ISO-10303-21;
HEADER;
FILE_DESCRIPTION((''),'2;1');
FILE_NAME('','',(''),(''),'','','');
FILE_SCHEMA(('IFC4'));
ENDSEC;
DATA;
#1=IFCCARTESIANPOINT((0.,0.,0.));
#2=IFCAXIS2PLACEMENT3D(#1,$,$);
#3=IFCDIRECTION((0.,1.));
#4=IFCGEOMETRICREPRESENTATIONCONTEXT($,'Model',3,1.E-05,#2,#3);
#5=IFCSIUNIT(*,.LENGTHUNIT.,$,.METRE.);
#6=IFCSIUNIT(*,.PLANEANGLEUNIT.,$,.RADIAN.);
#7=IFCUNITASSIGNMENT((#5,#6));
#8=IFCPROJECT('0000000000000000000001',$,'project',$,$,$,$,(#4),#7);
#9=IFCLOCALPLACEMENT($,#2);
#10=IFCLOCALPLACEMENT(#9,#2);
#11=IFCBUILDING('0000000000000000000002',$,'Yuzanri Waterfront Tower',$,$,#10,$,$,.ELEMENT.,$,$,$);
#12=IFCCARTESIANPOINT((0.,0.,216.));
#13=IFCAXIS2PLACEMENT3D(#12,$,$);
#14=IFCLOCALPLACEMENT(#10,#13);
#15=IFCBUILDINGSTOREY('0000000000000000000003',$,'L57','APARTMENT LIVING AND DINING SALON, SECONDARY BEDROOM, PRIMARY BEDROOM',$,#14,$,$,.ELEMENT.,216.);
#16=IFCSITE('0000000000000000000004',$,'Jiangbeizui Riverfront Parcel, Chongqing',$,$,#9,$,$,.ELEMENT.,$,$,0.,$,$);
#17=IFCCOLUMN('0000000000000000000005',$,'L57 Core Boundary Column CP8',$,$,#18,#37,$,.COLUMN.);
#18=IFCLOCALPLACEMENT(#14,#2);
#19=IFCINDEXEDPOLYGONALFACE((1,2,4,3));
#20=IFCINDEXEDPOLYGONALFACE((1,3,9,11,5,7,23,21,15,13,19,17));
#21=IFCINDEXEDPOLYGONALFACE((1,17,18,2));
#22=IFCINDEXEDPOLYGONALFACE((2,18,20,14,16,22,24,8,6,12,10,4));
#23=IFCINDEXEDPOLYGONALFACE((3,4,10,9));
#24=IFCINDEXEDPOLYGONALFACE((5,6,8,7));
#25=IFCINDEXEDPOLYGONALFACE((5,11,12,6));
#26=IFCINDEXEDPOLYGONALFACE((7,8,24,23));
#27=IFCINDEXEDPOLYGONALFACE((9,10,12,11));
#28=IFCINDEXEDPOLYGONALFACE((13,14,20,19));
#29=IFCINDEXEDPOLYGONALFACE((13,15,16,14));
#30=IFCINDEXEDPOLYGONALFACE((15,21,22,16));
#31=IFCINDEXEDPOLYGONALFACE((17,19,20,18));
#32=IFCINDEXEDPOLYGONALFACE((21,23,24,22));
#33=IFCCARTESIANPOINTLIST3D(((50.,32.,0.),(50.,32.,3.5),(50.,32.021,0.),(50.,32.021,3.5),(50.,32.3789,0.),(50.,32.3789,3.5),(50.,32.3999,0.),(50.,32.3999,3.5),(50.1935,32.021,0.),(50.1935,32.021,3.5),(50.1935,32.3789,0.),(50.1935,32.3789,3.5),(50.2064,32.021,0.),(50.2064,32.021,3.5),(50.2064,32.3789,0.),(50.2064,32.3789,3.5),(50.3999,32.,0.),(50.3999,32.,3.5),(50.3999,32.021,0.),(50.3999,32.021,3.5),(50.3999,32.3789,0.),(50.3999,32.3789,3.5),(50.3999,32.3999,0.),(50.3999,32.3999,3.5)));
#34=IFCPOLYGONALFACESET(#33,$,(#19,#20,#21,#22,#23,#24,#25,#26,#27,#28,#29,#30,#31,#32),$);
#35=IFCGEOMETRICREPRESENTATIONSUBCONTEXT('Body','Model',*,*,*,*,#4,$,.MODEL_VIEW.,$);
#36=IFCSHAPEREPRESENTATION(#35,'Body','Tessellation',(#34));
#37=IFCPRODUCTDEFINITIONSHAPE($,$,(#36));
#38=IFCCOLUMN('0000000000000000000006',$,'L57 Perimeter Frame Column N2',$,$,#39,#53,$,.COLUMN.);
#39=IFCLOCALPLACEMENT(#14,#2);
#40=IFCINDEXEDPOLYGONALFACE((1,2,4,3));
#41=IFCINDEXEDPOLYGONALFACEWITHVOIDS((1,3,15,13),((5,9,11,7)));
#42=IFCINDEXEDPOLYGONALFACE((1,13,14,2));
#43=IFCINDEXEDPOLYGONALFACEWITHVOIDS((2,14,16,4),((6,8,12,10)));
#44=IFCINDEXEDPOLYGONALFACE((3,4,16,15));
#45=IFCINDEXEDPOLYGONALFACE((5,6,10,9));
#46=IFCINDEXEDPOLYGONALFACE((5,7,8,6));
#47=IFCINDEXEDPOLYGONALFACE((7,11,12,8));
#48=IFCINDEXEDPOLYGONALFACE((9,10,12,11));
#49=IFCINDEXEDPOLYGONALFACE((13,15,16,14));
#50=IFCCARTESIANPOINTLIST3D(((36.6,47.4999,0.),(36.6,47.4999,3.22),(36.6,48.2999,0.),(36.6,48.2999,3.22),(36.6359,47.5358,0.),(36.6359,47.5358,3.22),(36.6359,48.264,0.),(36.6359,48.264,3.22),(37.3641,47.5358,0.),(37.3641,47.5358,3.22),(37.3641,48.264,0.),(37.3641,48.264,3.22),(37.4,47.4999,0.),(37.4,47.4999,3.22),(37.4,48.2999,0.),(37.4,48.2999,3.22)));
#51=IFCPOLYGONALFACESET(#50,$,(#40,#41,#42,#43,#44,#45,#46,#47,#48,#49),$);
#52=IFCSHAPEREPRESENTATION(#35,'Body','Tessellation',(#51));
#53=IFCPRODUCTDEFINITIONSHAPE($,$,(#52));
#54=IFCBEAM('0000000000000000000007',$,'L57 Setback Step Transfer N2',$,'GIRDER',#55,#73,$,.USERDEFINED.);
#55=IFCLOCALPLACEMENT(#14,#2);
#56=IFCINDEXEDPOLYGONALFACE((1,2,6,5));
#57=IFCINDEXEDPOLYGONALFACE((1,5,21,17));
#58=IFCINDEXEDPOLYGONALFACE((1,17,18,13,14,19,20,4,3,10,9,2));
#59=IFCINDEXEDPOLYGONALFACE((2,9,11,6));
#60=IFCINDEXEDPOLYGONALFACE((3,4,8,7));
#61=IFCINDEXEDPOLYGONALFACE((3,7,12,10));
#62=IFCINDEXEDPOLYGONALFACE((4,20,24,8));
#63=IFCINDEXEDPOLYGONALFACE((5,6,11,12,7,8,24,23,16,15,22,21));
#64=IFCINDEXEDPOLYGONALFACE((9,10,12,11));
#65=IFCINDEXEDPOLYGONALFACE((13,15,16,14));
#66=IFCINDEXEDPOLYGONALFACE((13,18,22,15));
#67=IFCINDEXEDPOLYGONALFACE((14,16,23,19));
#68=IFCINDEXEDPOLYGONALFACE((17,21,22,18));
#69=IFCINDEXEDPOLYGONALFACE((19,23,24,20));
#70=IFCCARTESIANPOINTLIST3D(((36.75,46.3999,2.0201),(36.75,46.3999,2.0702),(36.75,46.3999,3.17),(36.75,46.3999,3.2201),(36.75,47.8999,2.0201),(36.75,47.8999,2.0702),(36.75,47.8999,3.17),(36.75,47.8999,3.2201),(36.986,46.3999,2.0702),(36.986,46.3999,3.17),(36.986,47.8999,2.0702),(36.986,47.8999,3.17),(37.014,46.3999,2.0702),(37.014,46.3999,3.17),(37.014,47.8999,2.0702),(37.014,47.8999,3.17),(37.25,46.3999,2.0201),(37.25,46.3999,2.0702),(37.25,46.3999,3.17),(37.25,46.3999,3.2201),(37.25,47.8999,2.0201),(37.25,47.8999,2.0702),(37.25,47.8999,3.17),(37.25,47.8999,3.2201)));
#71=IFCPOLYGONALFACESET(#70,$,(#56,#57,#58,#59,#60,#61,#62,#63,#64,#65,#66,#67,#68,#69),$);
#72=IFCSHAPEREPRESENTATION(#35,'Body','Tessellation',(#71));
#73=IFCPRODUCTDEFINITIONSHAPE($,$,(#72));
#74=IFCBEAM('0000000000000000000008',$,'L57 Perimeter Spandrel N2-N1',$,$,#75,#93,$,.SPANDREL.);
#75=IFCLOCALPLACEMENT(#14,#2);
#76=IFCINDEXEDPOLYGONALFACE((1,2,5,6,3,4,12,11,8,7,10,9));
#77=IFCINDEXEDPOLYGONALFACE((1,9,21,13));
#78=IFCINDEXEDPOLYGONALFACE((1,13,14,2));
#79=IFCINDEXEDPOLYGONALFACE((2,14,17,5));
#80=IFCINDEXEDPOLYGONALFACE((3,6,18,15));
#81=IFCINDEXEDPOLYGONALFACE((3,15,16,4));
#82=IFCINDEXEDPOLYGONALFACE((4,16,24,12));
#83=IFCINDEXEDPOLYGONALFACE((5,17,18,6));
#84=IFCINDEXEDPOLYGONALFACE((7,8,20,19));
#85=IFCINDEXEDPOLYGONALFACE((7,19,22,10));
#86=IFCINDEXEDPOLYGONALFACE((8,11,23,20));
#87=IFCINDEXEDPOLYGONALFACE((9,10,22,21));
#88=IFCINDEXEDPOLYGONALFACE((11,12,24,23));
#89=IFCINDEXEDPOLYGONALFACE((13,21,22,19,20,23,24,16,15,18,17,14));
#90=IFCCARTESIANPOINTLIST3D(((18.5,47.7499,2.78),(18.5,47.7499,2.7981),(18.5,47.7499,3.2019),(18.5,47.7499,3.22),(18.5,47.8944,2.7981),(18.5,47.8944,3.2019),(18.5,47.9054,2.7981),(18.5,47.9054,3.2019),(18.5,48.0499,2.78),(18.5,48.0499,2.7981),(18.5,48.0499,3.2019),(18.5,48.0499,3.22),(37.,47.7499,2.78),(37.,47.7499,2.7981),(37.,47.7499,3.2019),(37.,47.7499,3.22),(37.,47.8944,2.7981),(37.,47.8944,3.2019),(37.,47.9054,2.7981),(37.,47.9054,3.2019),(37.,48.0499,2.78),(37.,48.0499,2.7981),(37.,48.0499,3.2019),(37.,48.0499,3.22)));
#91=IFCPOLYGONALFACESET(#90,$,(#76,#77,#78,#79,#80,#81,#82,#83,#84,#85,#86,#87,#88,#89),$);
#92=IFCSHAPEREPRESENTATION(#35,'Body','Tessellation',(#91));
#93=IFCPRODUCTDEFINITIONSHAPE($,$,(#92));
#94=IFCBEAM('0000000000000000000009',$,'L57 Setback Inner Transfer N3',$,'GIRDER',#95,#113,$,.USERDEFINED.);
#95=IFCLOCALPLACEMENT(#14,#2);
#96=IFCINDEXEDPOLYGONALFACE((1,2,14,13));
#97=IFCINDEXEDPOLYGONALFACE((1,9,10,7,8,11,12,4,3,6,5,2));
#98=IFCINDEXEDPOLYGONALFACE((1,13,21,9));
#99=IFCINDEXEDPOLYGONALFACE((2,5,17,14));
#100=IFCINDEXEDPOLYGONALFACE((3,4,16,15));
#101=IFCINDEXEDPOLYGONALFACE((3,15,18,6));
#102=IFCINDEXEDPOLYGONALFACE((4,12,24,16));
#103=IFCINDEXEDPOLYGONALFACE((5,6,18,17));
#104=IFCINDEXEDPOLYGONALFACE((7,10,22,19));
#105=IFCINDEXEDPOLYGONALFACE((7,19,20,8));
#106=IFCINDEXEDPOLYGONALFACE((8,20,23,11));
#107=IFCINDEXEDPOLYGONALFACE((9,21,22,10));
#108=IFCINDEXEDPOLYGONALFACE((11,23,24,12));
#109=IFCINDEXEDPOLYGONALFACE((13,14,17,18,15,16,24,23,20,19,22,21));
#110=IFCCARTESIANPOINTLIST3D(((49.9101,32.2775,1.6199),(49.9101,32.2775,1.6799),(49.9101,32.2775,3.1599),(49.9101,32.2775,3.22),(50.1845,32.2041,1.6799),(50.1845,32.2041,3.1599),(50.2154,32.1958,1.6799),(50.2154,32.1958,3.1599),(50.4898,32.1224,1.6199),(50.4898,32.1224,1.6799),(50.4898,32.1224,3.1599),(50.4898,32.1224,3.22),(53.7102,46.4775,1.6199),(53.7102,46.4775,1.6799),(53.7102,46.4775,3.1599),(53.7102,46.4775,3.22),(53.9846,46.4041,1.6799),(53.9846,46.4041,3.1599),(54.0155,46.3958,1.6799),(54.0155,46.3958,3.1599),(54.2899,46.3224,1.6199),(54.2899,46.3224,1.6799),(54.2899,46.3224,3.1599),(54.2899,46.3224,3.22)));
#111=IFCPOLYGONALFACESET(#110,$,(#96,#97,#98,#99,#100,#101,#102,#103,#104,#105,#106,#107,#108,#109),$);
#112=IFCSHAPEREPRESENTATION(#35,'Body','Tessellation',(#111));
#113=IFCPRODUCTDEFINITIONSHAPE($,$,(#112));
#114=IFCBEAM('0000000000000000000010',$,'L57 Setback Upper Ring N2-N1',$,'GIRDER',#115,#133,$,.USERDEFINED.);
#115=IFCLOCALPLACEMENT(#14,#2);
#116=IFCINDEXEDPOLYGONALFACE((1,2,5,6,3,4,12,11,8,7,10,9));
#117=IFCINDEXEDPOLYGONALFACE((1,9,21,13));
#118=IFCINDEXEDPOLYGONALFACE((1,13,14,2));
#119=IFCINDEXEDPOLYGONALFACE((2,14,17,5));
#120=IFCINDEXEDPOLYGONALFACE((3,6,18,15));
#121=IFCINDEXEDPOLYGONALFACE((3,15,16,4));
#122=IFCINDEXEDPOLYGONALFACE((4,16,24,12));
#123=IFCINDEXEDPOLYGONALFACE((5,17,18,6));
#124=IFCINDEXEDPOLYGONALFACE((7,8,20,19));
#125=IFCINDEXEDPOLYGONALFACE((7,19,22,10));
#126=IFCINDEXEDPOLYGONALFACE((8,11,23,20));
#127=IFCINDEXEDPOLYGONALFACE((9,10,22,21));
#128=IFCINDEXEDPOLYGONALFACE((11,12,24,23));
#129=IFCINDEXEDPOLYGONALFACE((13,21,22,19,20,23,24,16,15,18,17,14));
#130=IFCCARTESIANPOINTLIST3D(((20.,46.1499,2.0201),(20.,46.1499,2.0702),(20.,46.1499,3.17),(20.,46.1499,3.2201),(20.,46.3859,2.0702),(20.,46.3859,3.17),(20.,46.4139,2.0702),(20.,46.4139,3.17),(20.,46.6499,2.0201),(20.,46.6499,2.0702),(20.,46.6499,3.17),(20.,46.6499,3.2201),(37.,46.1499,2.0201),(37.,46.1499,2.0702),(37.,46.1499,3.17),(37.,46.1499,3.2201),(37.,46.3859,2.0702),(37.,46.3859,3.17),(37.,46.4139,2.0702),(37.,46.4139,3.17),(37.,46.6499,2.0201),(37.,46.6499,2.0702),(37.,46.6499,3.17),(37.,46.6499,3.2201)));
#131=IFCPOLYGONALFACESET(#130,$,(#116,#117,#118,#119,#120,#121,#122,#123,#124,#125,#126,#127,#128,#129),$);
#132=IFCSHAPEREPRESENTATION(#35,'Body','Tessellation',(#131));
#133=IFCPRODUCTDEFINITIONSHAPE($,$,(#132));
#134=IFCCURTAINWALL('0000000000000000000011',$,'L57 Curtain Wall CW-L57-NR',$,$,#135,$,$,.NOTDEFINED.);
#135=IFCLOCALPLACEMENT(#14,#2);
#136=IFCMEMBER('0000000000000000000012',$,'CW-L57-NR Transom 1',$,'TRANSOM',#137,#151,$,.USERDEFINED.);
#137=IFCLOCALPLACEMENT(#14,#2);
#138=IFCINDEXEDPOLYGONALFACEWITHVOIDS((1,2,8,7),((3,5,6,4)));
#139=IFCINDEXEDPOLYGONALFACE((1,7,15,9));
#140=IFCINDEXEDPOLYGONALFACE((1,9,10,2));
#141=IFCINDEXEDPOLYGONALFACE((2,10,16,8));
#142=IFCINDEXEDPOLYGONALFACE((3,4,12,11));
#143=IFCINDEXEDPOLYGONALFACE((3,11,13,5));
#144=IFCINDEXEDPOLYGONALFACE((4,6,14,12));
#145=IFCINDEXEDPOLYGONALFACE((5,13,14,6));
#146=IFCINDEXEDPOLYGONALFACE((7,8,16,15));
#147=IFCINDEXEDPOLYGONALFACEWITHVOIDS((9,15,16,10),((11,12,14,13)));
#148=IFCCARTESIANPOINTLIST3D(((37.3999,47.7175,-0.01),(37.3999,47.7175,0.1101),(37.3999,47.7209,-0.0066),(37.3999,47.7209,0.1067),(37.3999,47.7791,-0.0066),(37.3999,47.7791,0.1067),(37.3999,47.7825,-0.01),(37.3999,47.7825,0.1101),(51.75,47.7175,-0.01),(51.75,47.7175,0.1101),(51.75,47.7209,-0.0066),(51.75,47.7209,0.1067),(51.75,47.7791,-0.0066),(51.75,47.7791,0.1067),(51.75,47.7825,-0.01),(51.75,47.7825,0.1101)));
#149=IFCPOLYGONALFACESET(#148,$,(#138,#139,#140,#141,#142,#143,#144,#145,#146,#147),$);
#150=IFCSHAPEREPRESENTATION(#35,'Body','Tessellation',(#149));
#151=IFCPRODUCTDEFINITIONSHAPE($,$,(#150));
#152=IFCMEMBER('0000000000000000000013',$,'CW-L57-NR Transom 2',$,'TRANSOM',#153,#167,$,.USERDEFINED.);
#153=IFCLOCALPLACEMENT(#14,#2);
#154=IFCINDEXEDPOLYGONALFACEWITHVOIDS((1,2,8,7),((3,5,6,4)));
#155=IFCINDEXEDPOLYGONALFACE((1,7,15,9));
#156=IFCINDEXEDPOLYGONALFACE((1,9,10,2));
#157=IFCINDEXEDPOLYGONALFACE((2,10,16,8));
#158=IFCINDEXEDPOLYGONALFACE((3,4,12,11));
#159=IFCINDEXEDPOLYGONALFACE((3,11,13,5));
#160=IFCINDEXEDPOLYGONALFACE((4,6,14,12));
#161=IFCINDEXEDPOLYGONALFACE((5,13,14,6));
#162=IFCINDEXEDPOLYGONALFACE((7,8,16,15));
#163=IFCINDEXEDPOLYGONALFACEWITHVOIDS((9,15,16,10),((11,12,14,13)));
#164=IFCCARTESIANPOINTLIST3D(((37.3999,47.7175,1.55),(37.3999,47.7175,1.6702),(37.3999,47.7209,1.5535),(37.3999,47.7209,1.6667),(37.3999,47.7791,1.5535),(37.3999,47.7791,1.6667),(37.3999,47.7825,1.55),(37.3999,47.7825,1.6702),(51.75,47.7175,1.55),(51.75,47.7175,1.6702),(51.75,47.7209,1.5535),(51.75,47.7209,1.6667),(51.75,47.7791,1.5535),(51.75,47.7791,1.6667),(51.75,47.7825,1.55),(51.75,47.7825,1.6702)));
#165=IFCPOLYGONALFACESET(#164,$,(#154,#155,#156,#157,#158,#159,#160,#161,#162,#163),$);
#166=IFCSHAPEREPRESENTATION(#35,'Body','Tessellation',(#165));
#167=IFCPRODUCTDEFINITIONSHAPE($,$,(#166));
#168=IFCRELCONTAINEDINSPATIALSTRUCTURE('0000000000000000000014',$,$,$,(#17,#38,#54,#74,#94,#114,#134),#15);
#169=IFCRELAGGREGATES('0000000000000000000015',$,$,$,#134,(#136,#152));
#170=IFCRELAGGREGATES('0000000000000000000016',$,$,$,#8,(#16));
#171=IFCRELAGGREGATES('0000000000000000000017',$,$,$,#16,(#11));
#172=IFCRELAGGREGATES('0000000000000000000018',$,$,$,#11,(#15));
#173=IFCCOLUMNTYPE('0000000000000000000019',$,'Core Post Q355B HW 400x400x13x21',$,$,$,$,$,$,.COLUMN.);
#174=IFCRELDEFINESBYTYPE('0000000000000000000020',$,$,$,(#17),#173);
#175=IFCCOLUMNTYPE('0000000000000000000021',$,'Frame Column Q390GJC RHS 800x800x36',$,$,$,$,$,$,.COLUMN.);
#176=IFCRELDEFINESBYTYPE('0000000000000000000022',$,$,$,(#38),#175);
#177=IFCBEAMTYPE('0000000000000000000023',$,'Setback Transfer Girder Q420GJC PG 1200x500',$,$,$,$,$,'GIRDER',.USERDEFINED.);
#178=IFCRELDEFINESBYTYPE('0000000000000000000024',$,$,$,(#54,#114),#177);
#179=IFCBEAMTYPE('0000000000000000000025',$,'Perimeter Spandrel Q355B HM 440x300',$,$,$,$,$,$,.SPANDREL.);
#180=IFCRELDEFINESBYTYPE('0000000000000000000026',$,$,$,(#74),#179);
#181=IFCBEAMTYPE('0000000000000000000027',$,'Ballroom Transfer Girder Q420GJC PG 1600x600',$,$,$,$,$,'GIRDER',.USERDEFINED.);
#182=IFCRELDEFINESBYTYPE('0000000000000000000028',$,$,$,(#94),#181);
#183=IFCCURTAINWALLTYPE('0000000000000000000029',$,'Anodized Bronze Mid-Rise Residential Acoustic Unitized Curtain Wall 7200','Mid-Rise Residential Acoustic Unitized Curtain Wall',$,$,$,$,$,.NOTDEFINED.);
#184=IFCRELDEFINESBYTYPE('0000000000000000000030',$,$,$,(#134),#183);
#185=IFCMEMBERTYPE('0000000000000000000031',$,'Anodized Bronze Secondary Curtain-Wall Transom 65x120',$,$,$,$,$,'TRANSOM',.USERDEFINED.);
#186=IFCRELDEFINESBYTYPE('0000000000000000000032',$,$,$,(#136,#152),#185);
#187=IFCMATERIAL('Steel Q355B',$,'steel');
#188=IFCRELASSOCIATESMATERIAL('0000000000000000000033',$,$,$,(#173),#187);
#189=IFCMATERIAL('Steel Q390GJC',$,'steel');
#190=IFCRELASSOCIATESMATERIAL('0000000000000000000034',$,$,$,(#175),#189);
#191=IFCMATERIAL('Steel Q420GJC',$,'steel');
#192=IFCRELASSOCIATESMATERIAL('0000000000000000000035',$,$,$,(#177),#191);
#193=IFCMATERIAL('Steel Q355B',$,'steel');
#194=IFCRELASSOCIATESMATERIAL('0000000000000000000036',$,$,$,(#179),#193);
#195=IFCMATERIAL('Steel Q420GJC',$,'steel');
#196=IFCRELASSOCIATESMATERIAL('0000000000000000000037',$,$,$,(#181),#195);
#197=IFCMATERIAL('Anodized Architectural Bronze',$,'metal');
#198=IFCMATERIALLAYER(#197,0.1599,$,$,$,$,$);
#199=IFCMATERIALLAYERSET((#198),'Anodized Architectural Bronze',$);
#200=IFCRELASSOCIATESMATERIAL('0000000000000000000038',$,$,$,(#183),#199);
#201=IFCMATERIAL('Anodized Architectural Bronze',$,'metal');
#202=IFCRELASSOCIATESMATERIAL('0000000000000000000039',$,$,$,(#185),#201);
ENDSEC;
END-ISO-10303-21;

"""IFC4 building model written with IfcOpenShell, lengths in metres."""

from ifc_helpers import new_model, si_unit, direction, frame, origin, origin_2d, place, context, subcontext, project, spatial, hollow_rectangle, i_section, extrude, source, transform, mapped, material, layer, layer_set, material_profile, profile_set, type_object, element, aggregate, save


model = new_model("IFC4")

# Units and contexts
model_context = context("Model", 3, precision=1e-05, world=origin(), true_north=direction((0.0, 1.0)))
body_context = subcontext(model_context, "Body", "Model", "MODEL_VIEW")
ifc_project = project(units=[si_unit("LENGTHUNIT", "METRE"), si_unit("PLANEANGLEUNIT", "RADIAN")], contexts=[model_context])

# Site, building, storey
site_placement = place(None, origin())
site = spatial("IfcSite", under=ifc_project, at=site_placement, Name="Jiangbeizui Riverfront Parcel, Chongqing", CompositionType="ELEMENT", RefElevation=0.0)
building_placement = place(site_placement, origin())
building = spatial("IfcBuilding", under=site, at=building_placement, Name="Yuzanri Waterfront Tower", CompositionType="ELEMENT")
storey_placement = place(building_placement, frame((0.0, 0.0, 216.0)))
storey = spatial("IfcBuildingStorey", under=building, at=storey_placement, Name="L57", Description="APARTMENT LIVING AND DINING SALON, SECONDARY BEDROOM, PRIMARY BEDROOM", CompositionType="ELEMENT", Elevation=216.0)

# Columns
ifc_material_1 = material(Name="Steel Q355B", Category="steel")
ifc_material_profile_1 = material_profile(ifc_material_1, i_section(OverallWidth=0.3999, OverallDepth=0.3999, WebThickness=0.0129, FlangeThickness=0.021, at=origin_2d()), Name="HW 400x400x13x21")
ifc_profile_set_1 = profile_set([ifc_material_profile_1], Name="Steel Q355B")
column_type_1 = type_object("IfcColumnType", Name="Core Post Q355B HW 400x400x13x21", PredefinedType="COLUMN", material=ifc_profile_set_1)
shared_shape_1 = source(origin(), body_context, "Body", "SweptSolid", [
    extrude(i_section(OverallWidth=0.3999, OverallDepth=0.3999, WebThickness=0.0129, FlangeThickness=0.021, at=origin_2d()), origin(), (0.0, 0.0, 1.0), 3.5),
])
column_1_placement = place(storey_placement, frame((50.2, 32.2, 0.0), z_axis=(0.0, 0.0, 1.0), x_axis=(1.0, 0.0, 0.0)))
element("IfcColumn", 1, at=column_1_placement, inside=storey, type_object=column_type_1, Name="L57 Core Boundary Column CP8", PredefinedType="COLUMN", context=body_context, shape_type="MappedRepresentation", body=[
    mapped(shared_shape_1, transform((0.0, 0.0, 0.0), scale=1.0)),
])
ifc_material_2 = material(Name="Steel Q390GJC", Category="steel")
ifc_material_profile_2 = material_profile(ifc_material_2, hollow_rectangle(XDim=0.8, YDim=0.8, WallThickness=0.0359, at=origin_2d()), Name="RHS 800x800x36")
ifc_profile_set_2 = profile_set([ifc_material_profile_2], Name="Steel Q390GJC")
column_type_2 = type_object("IfcColumnType", Name="Frame Column Q390GJC RHS 800x800x36", PredefinedType="COLUMN", material=ifc_profile_set_2)
shared_shape_2 = source(origin(), body_context, "Body", "SweptSolid", [
    extrude(hollow_rectangle(XDim=0.8, YDim=0.8, WallThickness=0.0359, at=origin_2d()), origin(), (0.0, 0.0, 1.0), 3.22),
])
column_2_placement = place(storey_placement, frame((37.0, 47.8999, 0.0), z_axis=(0.0, 0.0, 1.0), x_axis=(1.0, 0.0, 0.0)))
element("IfcColumn", 2, at=column_2_placement, inside=storey, type_object=column_type_2, Name="L57 Perimeter Frame Column N2", PredefinedType="COLUMN", context=body_context, shape_type="MappedRepresentation", body=[
    mapped(shared_shape_2, transform((0.0, 0.0, 0.0), scale=1.0)),
])

# Beams
ifc_material_3 = material(Name="Steel Q420GJC", Category="steel")
ifc_material_profile_3 = material_profile(ifc_material_3, i_section(OverallWidth=0.5, OverallDepth=1.2, WebThickness=0.0281, FlangeThickness=0.05, at=origin_2d()), Name="PG 1200x500x28x50")
ifc_profile_set_3 = profile_set([ifc_material_profile_3], Name="Steel Q420GJC")
beam_type_1 = type_object("IfcBeamType", Name="Setback Transfer Girder Q420GJC PG 1200x500", ElementType="GIRDER", PredefinedType="USERDEFINED", material=ifc_profile_set_3)
shared_shape_3 = source(origin(), body_context, "Body", "SweptSolid", [
    extrude(i_section(OverallWidth=0.5, OverallDepth=1.2, WebThickness=0.0281, FlangeThickness=0.05, at=origin_2d()), origin(), (0.0, 0.0, 1.0), 1.5),
])
beam_1_placement = place(storey_placement, frame((37.0, 46.3999, 2.6201), z_axis=(0.0, 1.0, 0.0), x_axis=(-1.0, 0.0, 0.0)))
element("IfcBeam", 3, at=beam_1_placement, inside=storey, type_object=beam_type_1, Name="L57 Setback Step Transfer N2", ObjectType="GIRDER", PredefinedType="USERDEFINED", context=body_context, shape_type="MappedRepresentation", body=[
    mapped(shared_shape_3, transform((0.0, 0.0, 0.0), scale=1.0)),
])
ifc_material_4 = material(Name="Steel Q355B", Category="steel")
ifc_material_profile_4 = material_profile(ifc_material_4, i_section(OverallWidth=0.3, OverallDepth=0.4399, WebThickness=0.011, FlangeThickness=0.0181, at=origin_2d()), Name="HM 440x300x11x18")
ifc_profile_set_4 = profile_set([ifc_material_profile_4], Name="Steel Q355B")
beam_type_2 = type_object("IfcBeamType", Name="Perimeter Spandrel Q355B HM 440x300", PredefinedType="SPANDREL", material=ifc_profile_set_4)
shared_shape_4 = source(origin(), body_context, "Body", "SweptSolid", [
    extrude(i_section(OverallWidth=0.3, OverallDepth=0.4399, WebThickness=0.011, FlangeThickness=0.0181, at=origin_2d()), origin(), (0.0, 0.0, 1.0), 18.5),
])
beam_2_placement = place(storey_placement, frame((37.0, 47.8999, 3.0), z_axis=(-1.0, 0.0, 0.0), x_axis=(0.0, -1.0, 0.0)))
element("IfcBeam", 4, at=beam_2_placement, inside=storey, type_object=beam_type_2, Name="L57 Perimeter Spandrel N2-N1", PredefinedType="SPANDREL", context=body_context, shape_type="MappedRepresentation", body=[
    mapped(shared_shape_4, transform((0.0, 0.0, 0.0), scale=1.0)),
])
ifc_material_5 = material(Name="Steel Q420GJC", Category="steel")
ifc_material_profile_5 = material_profile(ifc_material_5, i_section(OverallWidth=0.6001, OverallDepth=1.6001, WebThickness=0.032, FlangeThickness=0.0601, at=origin_2d()), Name="PG 1600x600x32x60")
ifc_profile_set_5 = profile_set([ifc_material_profile_5], Name="Steel Q420GJC")
beam_type_3 = type_object("IfcBeamType", Name="Ballroom Transfer Girder Q420GJC PG 1600x600", ElementType="GIRDER", PredefinedType="USERDEFINED", material=ifc_profile_set_5)
shared_shape_5 = source(origin(), body_context, "Body", "SweptSolid", [
    extrude(i_section(OverallWidth=0.6001, OverallDepth=1.6001, WebThickness=0.032, FlangeThickness=0.0601, at=origin_2d()), origin(), (0.0, 0.0, 1.0), 14.6997),
])
beam_3_placement = place(storey_placement, frame((50.2, 32.2, 2.4199), z_axis=(0.258513, 0.966008, 0.0), x_axis=(-0.966008, 0.258513, 0.0)))
element("IfcBeam", 5, at=beam_3_placement, inside=storey, type_object=beam_type_3, Name="L57 Setback Inner Transfer N3", ObjectType="GIRDER", PredefinedType="USERDEFINED", context=body_context, shape_type="MappedRepresentation", body=[
    mapped(shared_shape_5, transform((0.0, 0.0, 0.0), scale=1.0)),
])
shared_shape_6 = source(origin(), body_context, "Body", "SweptSolid", [
    extrude(i_section(OverallWidth=0.5, OverallDepth=1.2, WebThickness=0.0281, FlangeThickness=0.05, at=origin_2d()), origin(), (0.0, 0.0, 1.0), 17.0),
])
beam_4_placement = place(storey_placement, frame((37.0, 46.3999, 2.6201), z_axis=(-1.0, 0.0, 0.0), x_axis=(0.0, -1.0, 0.0)))
element("IfcBeam", 6, at=beam_4_placement, inside=storey, type_object=beam_type_1, Name="L57 Setback Upper Ring N2-N1", ObjectType="GIRDER", PredefinedType="USERDEFINED", context=body_context, shape_type="MappedRepresentation", body=[
    mapped(shared_shape_6, transform((0.0, 0.0, 0.0), scale=1.0)),
])

# Curtain wall, members
ifc_material_6 = material(Name="Anodized Architectural Bronze", Category="metal")
ifc_layer_1 = layer(ifc_material_6, 0.1599)
ifc_layer_set_1 = layer_set([ifc_layer_1], Name="Anodized Architectural Bronze")
curtain_wall_type = type_object("IfcCurtainWallType", Name="Anodized Bronze Mid-Rise Residential Acoustic Unitized Curtain Wall 7200", Description="Mid-Rise Residential Acoustic Unitized Curtain Wall", PredefinedType="NOTDEFINED", material=ifc_layer_set_1)
curtain_wall_placement = place(storey_placement, origin())
curtain_wall = element("IfcCurtainWall", 7, at=curtain_wall_placement, inside=storey, type_object=curtain_wall_type, Name="L57 Curtain Wall CW-L57-NR", PredefinedType="NOTDEFINED")
ifc_material_7 = material(Name="Anodized Architectural Bronze", Category="metal")
ifc_material_profile_6 = material_profile(ifc_material_7, hollow_rectangle(XDim=0.0649, YDim=0.1201, WallThickness=0.0034, at=origin_2d()), Name="CWT 65x120")
ifc_profile_set_6 = profile_set([ifc_material_profile_6], Name="Anodized Architectural Bronze")
member_type_1 = type_object("IfcMemberType", Name="Anodized Bronze Secondary Curtain-Wall Transom 65x120", ElementType="TRANSOM", PredefinedType="USERDEFINED", material=ifc_profile_set_6)
shared_shape_7 = source(origin(), body_context, "Body", "SweptSolid", [
    extrude(hollow_rectangle(XDim=0.0649, YDim=0.1201, WallThickness=0.0034, at=origin_2d()), origin(), (0.0, 0.0, 1.0), 14.3501),
])
member_1_placement = place(storey_placement, frame((37.3999, 47.75, 0.05), z_axis=(1.0, 0.0, 0.0), x_axis=(0.0, 1.0, 0.0)))
member_1 = element("IfcMember", 8, at=member_1_placement, type_object=member_type_1, Name="CW-L57-NR Transom 1", ObjectType="TRANSOM", PredefinedType="USERDEFINED", context=body_context, shape_type="MappedRepresentation", body=[
    mapped(shared_shape_7, transform((0.0, 0.0, 0.0), scale=1.0)),
])
member_2_placement = place(storey_placement, frame((37.3999, 47.75, 1.6101), z_axis=(1.0, 0.0, 0.0), x_axis=(0.0, 1.0, 0.0)))
member_2 = element("IfcMember", 9, at=member_2_placement, type_object=member_type_1, Name="CW-L57-NR Transom 2", ObjectType="TRANSOM", PredefinedType="USERDEFINED", context=body_context, shape_type="MappedRepresentation", body=[
    mapped(shared_shape_7, transform((0.0, 0.0, 0.0), scale=1.0)),
])

aggregate(curtain_wall, [member_1, member_2])

save(model, "model.ifc")
